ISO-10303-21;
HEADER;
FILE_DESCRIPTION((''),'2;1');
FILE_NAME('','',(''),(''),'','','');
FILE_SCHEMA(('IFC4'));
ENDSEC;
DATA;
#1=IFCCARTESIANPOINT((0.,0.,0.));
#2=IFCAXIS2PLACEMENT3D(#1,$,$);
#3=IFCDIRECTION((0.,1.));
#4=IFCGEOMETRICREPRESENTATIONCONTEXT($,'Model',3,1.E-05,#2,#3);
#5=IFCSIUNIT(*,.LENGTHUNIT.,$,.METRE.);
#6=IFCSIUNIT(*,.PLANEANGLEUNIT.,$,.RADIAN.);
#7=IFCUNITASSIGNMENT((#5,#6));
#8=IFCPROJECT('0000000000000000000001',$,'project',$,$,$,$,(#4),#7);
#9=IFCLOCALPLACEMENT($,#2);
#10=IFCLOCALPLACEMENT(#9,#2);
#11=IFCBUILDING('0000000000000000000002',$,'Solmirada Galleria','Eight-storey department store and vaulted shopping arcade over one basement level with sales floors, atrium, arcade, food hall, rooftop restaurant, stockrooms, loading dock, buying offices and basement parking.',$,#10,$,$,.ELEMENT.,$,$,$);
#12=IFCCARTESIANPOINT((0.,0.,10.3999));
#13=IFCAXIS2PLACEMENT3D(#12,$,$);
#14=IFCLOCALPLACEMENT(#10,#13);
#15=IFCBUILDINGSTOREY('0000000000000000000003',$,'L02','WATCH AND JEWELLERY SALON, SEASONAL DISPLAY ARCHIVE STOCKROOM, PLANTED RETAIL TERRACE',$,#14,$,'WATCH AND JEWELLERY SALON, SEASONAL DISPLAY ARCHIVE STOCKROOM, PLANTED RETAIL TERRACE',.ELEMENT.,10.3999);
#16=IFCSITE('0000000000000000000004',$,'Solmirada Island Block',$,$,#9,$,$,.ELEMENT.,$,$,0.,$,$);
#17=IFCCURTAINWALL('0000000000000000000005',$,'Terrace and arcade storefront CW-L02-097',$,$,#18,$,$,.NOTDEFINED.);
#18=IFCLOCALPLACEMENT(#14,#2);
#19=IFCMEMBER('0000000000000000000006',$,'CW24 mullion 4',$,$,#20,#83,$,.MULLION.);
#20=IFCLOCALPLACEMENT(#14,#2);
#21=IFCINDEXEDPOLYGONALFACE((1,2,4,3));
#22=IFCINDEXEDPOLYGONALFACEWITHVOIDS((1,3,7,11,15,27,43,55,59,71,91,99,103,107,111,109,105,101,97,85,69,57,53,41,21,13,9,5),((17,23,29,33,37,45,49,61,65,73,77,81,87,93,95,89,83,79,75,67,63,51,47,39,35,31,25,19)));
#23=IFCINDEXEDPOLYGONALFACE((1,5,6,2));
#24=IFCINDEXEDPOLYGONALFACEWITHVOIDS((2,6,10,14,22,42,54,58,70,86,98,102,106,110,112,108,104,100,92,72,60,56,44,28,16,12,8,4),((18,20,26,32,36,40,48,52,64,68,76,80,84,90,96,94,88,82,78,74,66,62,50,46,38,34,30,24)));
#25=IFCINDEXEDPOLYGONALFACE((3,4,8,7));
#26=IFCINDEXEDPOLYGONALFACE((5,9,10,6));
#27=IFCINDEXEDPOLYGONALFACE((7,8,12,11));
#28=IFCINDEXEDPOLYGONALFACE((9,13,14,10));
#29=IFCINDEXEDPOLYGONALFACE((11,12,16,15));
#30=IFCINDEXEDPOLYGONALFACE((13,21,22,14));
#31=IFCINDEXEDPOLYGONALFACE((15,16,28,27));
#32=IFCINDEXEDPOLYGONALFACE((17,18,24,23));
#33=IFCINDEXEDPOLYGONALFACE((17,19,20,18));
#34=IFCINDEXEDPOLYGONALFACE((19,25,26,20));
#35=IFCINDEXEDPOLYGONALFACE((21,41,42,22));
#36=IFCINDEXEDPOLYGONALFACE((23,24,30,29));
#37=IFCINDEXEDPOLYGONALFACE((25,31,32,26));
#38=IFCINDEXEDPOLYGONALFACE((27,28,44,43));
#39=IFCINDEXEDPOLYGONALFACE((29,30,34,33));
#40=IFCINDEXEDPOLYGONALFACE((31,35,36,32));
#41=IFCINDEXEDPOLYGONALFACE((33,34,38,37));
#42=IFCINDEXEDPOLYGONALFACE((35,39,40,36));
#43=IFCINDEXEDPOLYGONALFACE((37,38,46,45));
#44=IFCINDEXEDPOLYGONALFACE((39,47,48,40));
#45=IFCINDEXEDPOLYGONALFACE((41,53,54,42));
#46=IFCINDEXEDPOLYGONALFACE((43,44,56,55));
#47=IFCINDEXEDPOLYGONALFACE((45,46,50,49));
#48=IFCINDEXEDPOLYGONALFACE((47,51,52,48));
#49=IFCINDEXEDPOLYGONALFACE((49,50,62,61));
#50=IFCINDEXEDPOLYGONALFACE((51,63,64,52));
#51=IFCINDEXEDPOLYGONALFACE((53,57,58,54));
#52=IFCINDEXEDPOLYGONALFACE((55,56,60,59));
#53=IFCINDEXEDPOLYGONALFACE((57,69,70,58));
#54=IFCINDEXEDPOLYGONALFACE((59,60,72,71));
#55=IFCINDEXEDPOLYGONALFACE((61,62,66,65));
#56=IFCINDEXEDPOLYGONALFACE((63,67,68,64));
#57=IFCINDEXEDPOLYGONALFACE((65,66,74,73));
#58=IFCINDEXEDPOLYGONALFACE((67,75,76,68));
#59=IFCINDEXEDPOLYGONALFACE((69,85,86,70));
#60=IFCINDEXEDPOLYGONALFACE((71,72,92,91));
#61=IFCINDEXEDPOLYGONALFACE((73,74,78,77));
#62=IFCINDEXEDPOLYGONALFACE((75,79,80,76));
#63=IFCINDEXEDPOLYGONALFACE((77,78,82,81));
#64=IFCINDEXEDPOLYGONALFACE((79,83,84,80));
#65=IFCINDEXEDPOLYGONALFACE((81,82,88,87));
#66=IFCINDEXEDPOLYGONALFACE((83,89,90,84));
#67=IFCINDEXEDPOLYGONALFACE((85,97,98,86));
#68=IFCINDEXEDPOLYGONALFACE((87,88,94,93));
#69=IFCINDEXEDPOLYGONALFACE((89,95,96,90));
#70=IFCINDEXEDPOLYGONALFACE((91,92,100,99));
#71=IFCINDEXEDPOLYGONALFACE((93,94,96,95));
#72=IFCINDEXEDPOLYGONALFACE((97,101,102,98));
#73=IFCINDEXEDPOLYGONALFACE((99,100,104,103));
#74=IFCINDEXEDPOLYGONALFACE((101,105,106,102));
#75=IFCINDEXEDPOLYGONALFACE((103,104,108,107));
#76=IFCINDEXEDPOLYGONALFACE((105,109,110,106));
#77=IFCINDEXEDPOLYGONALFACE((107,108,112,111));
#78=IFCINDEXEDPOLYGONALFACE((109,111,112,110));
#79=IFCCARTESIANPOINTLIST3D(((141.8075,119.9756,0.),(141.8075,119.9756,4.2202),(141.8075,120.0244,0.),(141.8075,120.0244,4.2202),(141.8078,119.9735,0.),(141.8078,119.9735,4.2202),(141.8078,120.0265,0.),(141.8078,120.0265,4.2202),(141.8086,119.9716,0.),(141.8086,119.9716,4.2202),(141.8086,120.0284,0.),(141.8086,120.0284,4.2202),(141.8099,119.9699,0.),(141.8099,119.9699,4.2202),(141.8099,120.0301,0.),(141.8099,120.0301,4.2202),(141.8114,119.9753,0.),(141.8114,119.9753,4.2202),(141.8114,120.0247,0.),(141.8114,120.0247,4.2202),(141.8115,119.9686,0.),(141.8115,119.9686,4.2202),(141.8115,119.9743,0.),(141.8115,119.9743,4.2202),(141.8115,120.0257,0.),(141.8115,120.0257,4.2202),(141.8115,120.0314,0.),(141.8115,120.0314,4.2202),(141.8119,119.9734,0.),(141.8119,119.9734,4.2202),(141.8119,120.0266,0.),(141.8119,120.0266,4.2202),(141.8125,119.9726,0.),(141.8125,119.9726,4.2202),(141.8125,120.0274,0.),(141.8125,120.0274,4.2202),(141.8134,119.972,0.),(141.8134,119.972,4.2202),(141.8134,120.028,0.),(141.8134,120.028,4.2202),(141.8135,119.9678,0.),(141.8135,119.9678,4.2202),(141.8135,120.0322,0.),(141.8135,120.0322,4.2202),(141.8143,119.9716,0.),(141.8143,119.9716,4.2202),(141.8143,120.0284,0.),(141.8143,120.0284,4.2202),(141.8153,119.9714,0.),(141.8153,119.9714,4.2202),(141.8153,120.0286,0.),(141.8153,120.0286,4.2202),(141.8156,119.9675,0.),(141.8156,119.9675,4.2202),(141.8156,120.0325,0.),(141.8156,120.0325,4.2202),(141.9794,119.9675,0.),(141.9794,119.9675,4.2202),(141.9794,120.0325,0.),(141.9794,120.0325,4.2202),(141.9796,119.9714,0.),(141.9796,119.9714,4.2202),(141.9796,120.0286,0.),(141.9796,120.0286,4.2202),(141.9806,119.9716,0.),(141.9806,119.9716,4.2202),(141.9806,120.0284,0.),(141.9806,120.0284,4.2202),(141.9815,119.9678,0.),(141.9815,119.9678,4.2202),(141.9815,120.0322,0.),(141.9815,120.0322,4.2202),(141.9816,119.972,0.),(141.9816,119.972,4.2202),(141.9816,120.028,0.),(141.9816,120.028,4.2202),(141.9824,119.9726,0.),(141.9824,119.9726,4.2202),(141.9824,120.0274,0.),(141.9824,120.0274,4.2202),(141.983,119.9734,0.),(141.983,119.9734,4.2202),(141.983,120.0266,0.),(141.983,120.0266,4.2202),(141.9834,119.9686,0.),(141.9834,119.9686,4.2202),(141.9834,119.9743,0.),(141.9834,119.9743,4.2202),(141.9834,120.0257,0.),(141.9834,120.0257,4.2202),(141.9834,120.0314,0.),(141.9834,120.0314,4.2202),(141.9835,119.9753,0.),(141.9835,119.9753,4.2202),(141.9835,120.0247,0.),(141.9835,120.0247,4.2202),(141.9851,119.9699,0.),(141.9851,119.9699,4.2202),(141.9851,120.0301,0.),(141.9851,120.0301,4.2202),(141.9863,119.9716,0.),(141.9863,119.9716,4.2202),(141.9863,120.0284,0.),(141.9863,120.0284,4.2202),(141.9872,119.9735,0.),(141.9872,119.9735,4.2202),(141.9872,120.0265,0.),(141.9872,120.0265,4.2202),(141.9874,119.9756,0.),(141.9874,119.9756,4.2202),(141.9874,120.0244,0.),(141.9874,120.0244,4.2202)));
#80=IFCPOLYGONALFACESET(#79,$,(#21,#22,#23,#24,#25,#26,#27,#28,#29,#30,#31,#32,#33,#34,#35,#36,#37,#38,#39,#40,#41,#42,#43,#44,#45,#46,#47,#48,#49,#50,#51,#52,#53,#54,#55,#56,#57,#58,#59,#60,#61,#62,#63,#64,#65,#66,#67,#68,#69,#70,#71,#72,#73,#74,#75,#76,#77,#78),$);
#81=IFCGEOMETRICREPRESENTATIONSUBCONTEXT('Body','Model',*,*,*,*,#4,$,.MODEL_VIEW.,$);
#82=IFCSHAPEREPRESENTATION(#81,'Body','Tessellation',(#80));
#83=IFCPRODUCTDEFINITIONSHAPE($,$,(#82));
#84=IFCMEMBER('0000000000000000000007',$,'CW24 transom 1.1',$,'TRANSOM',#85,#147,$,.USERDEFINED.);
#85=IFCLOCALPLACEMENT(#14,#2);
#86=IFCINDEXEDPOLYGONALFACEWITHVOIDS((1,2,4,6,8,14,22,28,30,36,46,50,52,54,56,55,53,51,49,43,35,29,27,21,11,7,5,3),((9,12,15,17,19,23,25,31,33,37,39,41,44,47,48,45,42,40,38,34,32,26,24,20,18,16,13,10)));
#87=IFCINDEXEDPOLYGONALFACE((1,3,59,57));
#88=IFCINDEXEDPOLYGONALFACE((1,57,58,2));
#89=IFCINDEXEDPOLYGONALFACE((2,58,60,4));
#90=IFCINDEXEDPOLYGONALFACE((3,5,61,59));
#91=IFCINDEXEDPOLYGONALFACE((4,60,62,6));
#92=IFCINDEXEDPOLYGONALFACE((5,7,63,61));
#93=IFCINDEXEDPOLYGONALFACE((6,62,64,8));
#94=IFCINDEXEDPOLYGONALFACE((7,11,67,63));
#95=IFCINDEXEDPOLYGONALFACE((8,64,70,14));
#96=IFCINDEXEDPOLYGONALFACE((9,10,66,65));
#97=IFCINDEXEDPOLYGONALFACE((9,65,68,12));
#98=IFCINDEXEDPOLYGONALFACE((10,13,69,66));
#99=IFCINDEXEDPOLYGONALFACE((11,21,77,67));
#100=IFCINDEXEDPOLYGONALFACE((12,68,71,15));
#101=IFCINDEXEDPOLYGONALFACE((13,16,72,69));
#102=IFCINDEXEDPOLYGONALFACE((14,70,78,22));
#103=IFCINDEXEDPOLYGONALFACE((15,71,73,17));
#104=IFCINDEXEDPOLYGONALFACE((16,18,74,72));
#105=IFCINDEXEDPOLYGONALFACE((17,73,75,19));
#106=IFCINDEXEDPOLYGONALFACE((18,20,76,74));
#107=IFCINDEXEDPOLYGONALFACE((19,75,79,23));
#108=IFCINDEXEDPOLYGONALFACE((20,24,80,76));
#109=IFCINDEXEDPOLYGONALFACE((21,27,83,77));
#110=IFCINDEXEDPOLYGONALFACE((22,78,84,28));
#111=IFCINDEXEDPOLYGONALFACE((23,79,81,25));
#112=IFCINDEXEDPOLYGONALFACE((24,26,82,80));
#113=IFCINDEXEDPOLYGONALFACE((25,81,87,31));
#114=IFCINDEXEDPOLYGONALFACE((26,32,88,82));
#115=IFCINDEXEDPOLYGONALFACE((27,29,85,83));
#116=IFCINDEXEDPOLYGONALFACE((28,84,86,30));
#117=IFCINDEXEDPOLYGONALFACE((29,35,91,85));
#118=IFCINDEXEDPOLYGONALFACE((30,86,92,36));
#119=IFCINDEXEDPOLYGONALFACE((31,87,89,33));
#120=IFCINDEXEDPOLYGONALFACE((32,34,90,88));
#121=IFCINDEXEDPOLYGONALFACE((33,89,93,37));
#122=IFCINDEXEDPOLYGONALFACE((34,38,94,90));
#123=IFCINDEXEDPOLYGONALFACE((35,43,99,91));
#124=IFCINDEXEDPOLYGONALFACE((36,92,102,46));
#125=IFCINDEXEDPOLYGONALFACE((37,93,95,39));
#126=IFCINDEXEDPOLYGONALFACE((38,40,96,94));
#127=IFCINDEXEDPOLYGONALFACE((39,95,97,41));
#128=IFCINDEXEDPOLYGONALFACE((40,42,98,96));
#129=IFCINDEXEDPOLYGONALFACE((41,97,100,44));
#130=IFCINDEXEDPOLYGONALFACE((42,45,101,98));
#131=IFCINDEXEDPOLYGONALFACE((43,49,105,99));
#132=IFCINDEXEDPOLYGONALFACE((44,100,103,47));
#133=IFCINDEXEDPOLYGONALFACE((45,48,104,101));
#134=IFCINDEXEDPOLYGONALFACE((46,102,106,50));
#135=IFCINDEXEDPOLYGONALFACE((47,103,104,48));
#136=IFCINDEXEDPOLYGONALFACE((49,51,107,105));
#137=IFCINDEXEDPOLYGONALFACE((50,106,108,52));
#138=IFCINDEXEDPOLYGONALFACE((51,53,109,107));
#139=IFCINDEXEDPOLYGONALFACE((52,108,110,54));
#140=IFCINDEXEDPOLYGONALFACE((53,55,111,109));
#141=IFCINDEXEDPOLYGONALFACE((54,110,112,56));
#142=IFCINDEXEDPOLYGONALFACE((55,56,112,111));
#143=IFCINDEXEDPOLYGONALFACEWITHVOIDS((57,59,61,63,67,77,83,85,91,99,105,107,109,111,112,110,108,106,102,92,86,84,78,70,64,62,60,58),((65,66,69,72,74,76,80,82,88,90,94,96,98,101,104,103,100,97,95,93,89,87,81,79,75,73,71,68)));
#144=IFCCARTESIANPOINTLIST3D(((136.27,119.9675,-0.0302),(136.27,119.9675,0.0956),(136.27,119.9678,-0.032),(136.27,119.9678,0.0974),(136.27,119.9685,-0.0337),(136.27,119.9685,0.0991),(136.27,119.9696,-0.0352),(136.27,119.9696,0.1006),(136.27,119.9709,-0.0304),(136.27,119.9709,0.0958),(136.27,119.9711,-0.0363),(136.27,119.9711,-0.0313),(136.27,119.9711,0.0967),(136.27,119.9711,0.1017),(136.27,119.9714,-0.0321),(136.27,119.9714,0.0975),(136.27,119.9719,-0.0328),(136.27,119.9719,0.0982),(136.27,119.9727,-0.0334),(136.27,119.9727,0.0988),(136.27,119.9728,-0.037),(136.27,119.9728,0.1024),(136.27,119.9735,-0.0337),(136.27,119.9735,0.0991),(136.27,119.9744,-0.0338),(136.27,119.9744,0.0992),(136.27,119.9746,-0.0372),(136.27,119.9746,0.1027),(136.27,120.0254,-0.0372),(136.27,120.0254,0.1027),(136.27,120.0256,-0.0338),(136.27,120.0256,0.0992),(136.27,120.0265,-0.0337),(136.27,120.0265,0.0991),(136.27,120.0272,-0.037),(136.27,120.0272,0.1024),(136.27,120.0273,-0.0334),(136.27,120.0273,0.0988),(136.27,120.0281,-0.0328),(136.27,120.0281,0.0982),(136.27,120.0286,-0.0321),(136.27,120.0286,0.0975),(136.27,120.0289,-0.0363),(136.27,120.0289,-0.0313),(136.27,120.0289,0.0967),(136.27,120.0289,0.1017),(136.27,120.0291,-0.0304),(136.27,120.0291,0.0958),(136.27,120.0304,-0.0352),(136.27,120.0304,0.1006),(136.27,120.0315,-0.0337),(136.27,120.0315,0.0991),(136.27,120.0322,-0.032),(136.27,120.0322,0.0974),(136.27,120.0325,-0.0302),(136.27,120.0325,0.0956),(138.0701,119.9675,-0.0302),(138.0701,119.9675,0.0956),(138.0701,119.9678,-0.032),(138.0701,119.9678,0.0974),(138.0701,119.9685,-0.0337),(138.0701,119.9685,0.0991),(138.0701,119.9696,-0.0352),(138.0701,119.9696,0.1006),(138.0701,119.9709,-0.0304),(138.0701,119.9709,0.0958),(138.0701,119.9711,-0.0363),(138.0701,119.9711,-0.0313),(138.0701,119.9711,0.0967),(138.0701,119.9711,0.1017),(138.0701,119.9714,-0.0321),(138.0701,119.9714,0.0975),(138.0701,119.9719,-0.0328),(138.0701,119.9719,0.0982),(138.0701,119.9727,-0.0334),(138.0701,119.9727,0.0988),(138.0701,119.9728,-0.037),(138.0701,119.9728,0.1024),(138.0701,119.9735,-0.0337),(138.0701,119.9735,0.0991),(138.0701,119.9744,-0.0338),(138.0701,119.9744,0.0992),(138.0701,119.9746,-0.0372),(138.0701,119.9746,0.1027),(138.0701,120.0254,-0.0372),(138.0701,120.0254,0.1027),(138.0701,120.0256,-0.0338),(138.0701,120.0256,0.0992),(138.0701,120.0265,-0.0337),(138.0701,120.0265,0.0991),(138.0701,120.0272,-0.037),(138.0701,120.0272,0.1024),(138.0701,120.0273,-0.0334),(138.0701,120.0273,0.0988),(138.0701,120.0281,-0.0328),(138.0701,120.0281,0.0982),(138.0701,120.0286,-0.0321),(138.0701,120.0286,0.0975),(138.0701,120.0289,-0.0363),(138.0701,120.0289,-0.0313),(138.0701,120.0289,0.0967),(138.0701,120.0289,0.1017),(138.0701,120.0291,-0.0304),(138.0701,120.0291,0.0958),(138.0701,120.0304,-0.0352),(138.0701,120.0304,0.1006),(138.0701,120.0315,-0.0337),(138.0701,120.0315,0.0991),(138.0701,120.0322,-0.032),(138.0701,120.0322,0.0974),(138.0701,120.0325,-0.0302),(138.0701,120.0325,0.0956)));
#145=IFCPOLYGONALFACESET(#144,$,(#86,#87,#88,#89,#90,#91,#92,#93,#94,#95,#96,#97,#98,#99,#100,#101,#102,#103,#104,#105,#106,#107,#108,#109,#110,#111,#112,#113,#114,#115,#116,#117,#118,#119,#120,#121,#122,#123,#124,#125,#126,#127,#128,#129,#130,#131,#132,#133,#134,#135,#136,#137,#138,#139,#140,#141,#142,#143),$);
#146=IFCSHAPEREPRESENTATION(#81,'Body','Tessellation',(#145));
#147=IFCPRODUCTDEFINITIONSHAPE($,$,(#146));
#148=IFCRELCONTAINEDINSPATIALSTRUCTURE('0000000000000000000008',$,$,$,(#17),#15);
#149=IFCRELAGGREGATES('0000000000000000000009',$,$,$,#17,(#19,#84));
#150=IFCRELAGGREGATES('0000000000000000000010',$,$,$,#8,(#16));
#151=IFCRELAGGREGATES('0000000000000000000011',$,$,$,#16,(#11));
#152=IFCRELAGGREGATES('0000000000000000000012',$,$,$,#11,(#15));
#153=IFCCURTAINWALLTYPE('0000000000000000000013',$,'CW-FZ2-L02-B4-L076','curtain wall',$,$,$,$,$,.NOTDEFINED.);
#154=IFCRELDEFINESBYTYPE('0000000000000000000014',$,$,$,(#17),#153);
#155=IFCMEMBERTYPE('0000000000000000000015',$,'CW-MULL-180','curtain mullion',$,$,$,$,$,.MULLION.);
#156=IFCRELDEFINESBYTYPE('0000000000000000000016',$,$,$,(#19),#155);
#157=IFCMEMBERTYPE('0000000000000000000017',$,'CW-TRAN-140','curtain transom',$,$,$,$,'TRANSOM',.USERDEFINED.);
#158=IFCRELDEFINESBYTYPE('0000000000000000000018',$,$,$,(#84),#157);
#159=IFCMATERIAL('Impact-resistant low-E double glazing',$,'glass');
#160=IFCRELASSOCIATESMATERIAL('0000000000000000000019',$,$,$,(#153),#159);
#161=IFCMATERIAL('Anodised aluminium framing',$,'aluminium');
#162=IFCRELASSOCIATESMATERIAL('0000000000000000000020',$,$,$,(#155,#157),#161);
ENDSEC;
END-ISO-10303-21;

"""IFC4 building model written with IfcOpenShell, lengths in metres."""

from ifc_helpers import new_model, si_unit, direction, frame, origin, origin_2d, place, context, subcontext, project, spatial, hollow_rectangle, extrude, material, material_profile, profile_set, type_object, element, aggregate, save


model = new_model("IFC4")

# Units and contexts
model_context = context("Model", 3, precision=1e-05, world=origin(), true_north=direction((0.0, 1.0)))
body_context = subcontext(model_context, "Body", "Model", "MODEL_VIEW")
ifc_project = project(units=[si_unit("LENGTHUNIT", "METRE"), si_unit("PLANEANGLEUNIT", "RADIAN")], contexts=[model_context])

# Site, building, storey
site_placement = place(None, origin())
site = spatial("IfcSite", under=ifc_project, at=site_placement, Name="Solmirada Island Block", CompositionType="ELEMENT", RefElevation=0.0)
building_placement = place(site_placement, origin())
building = spatial("IfcBuilding", under=site, at=building_placement, Name="Solmirada Galleria", Description="Eight-storey department store and vaulted shopping arcade over one basement level with sales floors, atrium, arcade, food hall, rooftop restaurant, stockrooms, loading dock, buying offices and basement parking.", CompositionType="ELEMENT")
storey_placement = place(building_placement, frame((0.0, 0.0, 10.3999)))
storey = spatial("IfcBuildingStorey", under=building, at=storey_placement, Name="L02", Description="WATCH AND JEWELLERY SALON, SEASONAL DISPLAY ARCHIVE STOCKROOM, PLANTED RETAIL TERRACE", LongName="WATCH AND JEWELLERY SALON, SEASONAL DISPLAY ARCHIVE STOCKROOM, PLANTED RETAIL TERRACE", CompositionType="ELEMENT", Elevation=10.3999)

# Shared definitions
ifc_material_1 = material(Name="Impact-resistant low-E double glazing", Category="glass")
curtain_wall_type = type_object("IfcCurtainWallType", Name="CW-FZ2-L02-B4-L076", Description="curtain wall", PredefinedType="NOTDEFINED", material=ifc_material_1)
ifc_material_2 = material(Name="Anodised aluminium framing", Category="aluminium")
ifc_material_profile_1 = material_profile(ifc_material_2, hollow_rectangle(XDim=0.0649, YDim=0.1799, WallThickness=0.0039, InnerFilletRadius=0.0039, OuterFilletRadius=0.0081, at=origin_2d()), Name="ALU-MULL-180X65")
ifc_profile_set_1 = profile_set([ifc_material_profile_1], Name="Anodised aluminium framing")
member_type_1 = type_object("IfcMemberType", Name="CW-MULL-180", Description="curtain mullion", PredefinedType="MULLION", material=ifc_profile_set_1)

# Curtain wall, members
curtain_wall_1_placement = place(storey_placement, origin())
curtain_wall_1 = element("IfcCurtainWall", 1, at=curtain_wall_1_placement, inside=storey, type_object=curtain_wall_type, Name="Terrace and arcade storefront CW-L02-097", PredefinedType="NOTDEFINED")
member_1_placement = place(storey_placement, frame((141.8975, 120.0, 0.0), z_axis=(0.0, 0.0, 1.0), x_axis=(0.0, 1.0, 0.0)))
member_1 = element("IfcMember", 2, at=member_1_placement, type_object=member_type_1, Name="CW24 mullion 4", PredefinedType="MULLION", context=body_context, shape_type="SweptSolid", body=[
    extrude(hollow_rectangle(XDim=0.0649, YDim=0.1799, WallThickness=0.0039, InnerFilletRadius=0.0039, OuterFilletRadius=0.0081, at=origin_2d()), origin(), (0.0, 0.0, 1.0), 4.2202),
])
ifc_material_profile_2 = material_profile(ifc_material_2, hollow_rectangle(XDim=0.0649, YDim=0.1399, WallThickness=0.0034, InnerFilletRadius=0.0034, OuterFilletRadius=0.0071, at=origin_2d()), Name="ALU-TRAN-140X65")
ifc_profile_set_2 = profile_set([ifc_material_profile_2], Name="Anodised aluminium framing")
member_type_2 = type_object("IfcMemberType", Name="CW-TRAN-140", Description="curtain transom", ElementType="TRANSOM", PredefinedType="USERDEFINED", material=ifc_profile_set_2)
member_2_placement = place(storey_placement, frame((136.27, 120.0, 0.0327), z_axis=(1.0, 0.0, 0.0), x_axis=(0.0, 1.0, 0.0)))
member_2 = element("IfcMember", 3, at=member_2_placement, type_object=member_type_2, Name="CW24 transom 1.1", ObjectType="TRANSOM", PredefinedType="USERDEFINED", context=body_context, shape_type="SweptSolid", body=[
    extrude(hollow_rectangle(XDim=0.0649, YDim=0.1399, WallThickness=0.0034, InnerFilletRadius=0.0034, OuterFilletRadius=0.0071, at=origin_2d()), origin(), (0.0, 0.0, 1.0), 1.8),
])
aggregate(curtain_wall_1, [member_1, member_2])

save(model, "model.ifc")
